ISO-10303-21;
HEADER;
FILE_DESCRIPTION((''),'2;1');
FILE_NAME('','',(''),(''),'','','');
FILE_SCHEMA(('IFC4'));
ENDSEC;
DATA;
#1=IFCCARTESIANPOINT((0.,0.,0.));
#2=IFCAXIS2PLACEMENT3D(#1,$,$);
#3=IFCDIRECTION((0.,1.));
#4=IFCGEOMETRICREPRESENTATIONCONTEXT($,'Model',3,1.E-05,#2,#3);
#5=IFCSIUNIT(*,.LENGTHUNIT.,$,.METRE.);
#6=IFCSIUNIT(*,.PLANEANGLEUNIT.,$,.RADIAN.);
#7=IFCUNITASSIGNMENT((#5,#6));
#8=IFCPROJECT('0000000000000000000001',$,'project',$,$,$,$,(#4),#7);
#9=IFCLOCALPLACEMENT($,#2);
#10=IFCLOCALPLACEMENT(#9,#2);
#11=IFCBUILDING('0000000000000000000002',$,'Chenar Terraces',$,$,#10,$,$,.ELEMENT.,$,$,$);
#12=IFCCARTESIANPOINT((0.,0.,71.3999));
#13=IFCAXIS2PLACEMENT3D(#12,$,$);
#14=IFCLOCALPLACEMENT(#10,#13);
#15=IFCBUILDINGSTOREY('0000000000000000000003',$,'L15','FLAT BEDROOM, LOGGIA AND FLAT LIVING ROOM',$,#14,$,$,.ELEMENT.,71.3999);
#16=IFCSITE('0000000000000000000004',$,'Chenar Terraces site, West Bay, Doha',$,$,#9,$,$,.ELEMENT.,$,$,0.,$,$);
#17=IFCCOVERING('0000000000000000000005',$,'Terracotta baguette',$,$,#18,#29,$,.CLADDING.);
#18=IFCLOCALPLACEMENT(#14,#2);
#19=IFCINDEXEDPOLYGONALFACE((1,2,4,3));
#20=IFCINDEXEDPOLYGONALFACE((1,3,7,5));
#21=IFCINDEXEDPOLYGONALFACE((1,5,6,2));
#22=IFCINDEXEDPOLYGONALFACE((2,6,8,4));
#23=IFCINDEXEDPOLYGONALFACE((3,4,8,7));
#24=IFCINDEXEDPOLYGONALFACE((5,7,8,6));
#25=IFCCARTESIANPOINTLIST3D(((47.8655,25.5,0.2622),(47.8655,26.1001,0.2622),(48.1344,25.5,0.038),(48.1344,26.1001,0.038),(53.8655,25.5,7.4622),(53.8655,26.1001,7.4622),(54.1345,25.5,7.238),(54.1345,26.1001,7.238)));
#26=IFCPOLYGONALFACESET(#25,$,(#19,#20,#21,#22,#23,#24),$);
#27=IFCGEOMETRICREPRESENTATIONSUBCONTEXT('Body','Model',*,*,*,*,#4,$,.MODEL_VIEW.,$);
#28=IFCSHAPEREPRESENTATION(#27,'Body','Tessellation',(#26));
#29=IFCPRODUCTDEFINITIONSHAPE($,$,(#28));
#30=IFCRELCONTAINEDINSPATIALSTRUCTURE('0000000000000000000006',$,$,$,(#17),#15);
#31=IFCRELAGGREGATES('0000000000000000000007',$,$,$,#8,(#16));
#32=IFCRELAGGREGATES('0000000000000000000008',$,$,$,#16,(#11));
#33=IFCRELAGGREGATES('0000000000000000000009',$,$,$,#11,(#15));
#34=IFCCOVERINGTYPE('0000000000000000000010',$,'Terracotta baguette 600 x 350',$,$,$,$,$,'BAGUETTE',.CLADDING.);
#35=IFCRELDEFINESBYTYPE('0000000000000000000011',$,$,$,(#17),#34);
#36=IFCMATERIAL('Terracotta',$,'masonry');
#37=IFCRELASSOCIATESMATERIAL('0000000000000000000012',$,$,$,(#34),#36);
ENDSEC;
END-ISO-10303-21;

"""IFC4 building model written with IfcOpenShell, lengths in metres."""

from ifc_helpers import new_model, si_unit, direction, frame, origin, origin_2d, place, context, subcontext, project, spatial, rectangle, extrude, material, material_profile, profile_set, type_object, element, save


model = new_model("IFC4")

# Units and contexts
model_context = context("Model", 3, precision=1e-05, world=origin(), true_north=direction((0.0, 1.0)))
body_context = subcontext(model_context, "Body", "Model", "MODEL_VIEW")
ifc_project = project(units=[si_unit("LENGTHUNIT", "METRE"), si_unit("PLANEANGLEUNIT", "RADIAN")], contexts=[model_context])

# Site, building, storey
site_placement = place(None, origin())
site = spatial("IfcSite", under=ifc_project, at=site_placement, Name="Chenar Terraces site, West Bay, Doha", CompositionType="ELEMENT", RefElevation=0.0)
building_placement = place(site_placement, origin())
building = spatial("IfcBuilding", under=site, at=building_placement, Name="Chenar Terraces", CompositionType="ELEMENT")
storey_placement = place(building_placement, frame((0.0, 0.0, 71.3999)))
storey = spatial("IfcBuildingStorey", under=building, at=storey_placement, Name="L15", Description="FLAT BEDROOM, LOGGIA AND FLAT LIVING ROOM", CompositionType="ELEMENT", Elevation=71.3999)

# Covering
ifc_material_1 = material(Name="Terracotta", Category="masonry")
ifc_material_profile_1 = material_profile(ifc_material_1, rectangle(XDim=0.6001, YDim=0.3501, at=origin_2d()), Name="Terracotta baguette 600 x 350")
ifc_profile_set_1 = profile_set([ifc_material_profile_1], Name="Terracotta")
covering_type = type_object("IfcCoveringType", Name="Terracotta baguette 600 x 350", ElementType="BAGUETTE", PredefinedType="CLADDING", material=ifc_profile_set_1)
for number, where, z_axis, x_axis, name in (
    (1, (54.0, 25.8, 7.3501), (-0.640187, 0.0, -0.768219), (0.0, -1.0, 0.0), "Terracotta baguette"),
):
    element("IfcCovering", number, at=place(storey_placement, frame(where, z_axis=z_axis, x_axis=x_axis)), inside=storey, type_object=covering_type, Name=name, PredefinedType="CLADDING", context=body_context, shape_type="SweptSolid", body=[
        extrude(rectangle(XDim=0.6001, YDim=0.3501, at=origin_2d()), origin(), (0.0, 0.0, 1.0), 9.3723),
    ])

save(model, "model.ifc")
